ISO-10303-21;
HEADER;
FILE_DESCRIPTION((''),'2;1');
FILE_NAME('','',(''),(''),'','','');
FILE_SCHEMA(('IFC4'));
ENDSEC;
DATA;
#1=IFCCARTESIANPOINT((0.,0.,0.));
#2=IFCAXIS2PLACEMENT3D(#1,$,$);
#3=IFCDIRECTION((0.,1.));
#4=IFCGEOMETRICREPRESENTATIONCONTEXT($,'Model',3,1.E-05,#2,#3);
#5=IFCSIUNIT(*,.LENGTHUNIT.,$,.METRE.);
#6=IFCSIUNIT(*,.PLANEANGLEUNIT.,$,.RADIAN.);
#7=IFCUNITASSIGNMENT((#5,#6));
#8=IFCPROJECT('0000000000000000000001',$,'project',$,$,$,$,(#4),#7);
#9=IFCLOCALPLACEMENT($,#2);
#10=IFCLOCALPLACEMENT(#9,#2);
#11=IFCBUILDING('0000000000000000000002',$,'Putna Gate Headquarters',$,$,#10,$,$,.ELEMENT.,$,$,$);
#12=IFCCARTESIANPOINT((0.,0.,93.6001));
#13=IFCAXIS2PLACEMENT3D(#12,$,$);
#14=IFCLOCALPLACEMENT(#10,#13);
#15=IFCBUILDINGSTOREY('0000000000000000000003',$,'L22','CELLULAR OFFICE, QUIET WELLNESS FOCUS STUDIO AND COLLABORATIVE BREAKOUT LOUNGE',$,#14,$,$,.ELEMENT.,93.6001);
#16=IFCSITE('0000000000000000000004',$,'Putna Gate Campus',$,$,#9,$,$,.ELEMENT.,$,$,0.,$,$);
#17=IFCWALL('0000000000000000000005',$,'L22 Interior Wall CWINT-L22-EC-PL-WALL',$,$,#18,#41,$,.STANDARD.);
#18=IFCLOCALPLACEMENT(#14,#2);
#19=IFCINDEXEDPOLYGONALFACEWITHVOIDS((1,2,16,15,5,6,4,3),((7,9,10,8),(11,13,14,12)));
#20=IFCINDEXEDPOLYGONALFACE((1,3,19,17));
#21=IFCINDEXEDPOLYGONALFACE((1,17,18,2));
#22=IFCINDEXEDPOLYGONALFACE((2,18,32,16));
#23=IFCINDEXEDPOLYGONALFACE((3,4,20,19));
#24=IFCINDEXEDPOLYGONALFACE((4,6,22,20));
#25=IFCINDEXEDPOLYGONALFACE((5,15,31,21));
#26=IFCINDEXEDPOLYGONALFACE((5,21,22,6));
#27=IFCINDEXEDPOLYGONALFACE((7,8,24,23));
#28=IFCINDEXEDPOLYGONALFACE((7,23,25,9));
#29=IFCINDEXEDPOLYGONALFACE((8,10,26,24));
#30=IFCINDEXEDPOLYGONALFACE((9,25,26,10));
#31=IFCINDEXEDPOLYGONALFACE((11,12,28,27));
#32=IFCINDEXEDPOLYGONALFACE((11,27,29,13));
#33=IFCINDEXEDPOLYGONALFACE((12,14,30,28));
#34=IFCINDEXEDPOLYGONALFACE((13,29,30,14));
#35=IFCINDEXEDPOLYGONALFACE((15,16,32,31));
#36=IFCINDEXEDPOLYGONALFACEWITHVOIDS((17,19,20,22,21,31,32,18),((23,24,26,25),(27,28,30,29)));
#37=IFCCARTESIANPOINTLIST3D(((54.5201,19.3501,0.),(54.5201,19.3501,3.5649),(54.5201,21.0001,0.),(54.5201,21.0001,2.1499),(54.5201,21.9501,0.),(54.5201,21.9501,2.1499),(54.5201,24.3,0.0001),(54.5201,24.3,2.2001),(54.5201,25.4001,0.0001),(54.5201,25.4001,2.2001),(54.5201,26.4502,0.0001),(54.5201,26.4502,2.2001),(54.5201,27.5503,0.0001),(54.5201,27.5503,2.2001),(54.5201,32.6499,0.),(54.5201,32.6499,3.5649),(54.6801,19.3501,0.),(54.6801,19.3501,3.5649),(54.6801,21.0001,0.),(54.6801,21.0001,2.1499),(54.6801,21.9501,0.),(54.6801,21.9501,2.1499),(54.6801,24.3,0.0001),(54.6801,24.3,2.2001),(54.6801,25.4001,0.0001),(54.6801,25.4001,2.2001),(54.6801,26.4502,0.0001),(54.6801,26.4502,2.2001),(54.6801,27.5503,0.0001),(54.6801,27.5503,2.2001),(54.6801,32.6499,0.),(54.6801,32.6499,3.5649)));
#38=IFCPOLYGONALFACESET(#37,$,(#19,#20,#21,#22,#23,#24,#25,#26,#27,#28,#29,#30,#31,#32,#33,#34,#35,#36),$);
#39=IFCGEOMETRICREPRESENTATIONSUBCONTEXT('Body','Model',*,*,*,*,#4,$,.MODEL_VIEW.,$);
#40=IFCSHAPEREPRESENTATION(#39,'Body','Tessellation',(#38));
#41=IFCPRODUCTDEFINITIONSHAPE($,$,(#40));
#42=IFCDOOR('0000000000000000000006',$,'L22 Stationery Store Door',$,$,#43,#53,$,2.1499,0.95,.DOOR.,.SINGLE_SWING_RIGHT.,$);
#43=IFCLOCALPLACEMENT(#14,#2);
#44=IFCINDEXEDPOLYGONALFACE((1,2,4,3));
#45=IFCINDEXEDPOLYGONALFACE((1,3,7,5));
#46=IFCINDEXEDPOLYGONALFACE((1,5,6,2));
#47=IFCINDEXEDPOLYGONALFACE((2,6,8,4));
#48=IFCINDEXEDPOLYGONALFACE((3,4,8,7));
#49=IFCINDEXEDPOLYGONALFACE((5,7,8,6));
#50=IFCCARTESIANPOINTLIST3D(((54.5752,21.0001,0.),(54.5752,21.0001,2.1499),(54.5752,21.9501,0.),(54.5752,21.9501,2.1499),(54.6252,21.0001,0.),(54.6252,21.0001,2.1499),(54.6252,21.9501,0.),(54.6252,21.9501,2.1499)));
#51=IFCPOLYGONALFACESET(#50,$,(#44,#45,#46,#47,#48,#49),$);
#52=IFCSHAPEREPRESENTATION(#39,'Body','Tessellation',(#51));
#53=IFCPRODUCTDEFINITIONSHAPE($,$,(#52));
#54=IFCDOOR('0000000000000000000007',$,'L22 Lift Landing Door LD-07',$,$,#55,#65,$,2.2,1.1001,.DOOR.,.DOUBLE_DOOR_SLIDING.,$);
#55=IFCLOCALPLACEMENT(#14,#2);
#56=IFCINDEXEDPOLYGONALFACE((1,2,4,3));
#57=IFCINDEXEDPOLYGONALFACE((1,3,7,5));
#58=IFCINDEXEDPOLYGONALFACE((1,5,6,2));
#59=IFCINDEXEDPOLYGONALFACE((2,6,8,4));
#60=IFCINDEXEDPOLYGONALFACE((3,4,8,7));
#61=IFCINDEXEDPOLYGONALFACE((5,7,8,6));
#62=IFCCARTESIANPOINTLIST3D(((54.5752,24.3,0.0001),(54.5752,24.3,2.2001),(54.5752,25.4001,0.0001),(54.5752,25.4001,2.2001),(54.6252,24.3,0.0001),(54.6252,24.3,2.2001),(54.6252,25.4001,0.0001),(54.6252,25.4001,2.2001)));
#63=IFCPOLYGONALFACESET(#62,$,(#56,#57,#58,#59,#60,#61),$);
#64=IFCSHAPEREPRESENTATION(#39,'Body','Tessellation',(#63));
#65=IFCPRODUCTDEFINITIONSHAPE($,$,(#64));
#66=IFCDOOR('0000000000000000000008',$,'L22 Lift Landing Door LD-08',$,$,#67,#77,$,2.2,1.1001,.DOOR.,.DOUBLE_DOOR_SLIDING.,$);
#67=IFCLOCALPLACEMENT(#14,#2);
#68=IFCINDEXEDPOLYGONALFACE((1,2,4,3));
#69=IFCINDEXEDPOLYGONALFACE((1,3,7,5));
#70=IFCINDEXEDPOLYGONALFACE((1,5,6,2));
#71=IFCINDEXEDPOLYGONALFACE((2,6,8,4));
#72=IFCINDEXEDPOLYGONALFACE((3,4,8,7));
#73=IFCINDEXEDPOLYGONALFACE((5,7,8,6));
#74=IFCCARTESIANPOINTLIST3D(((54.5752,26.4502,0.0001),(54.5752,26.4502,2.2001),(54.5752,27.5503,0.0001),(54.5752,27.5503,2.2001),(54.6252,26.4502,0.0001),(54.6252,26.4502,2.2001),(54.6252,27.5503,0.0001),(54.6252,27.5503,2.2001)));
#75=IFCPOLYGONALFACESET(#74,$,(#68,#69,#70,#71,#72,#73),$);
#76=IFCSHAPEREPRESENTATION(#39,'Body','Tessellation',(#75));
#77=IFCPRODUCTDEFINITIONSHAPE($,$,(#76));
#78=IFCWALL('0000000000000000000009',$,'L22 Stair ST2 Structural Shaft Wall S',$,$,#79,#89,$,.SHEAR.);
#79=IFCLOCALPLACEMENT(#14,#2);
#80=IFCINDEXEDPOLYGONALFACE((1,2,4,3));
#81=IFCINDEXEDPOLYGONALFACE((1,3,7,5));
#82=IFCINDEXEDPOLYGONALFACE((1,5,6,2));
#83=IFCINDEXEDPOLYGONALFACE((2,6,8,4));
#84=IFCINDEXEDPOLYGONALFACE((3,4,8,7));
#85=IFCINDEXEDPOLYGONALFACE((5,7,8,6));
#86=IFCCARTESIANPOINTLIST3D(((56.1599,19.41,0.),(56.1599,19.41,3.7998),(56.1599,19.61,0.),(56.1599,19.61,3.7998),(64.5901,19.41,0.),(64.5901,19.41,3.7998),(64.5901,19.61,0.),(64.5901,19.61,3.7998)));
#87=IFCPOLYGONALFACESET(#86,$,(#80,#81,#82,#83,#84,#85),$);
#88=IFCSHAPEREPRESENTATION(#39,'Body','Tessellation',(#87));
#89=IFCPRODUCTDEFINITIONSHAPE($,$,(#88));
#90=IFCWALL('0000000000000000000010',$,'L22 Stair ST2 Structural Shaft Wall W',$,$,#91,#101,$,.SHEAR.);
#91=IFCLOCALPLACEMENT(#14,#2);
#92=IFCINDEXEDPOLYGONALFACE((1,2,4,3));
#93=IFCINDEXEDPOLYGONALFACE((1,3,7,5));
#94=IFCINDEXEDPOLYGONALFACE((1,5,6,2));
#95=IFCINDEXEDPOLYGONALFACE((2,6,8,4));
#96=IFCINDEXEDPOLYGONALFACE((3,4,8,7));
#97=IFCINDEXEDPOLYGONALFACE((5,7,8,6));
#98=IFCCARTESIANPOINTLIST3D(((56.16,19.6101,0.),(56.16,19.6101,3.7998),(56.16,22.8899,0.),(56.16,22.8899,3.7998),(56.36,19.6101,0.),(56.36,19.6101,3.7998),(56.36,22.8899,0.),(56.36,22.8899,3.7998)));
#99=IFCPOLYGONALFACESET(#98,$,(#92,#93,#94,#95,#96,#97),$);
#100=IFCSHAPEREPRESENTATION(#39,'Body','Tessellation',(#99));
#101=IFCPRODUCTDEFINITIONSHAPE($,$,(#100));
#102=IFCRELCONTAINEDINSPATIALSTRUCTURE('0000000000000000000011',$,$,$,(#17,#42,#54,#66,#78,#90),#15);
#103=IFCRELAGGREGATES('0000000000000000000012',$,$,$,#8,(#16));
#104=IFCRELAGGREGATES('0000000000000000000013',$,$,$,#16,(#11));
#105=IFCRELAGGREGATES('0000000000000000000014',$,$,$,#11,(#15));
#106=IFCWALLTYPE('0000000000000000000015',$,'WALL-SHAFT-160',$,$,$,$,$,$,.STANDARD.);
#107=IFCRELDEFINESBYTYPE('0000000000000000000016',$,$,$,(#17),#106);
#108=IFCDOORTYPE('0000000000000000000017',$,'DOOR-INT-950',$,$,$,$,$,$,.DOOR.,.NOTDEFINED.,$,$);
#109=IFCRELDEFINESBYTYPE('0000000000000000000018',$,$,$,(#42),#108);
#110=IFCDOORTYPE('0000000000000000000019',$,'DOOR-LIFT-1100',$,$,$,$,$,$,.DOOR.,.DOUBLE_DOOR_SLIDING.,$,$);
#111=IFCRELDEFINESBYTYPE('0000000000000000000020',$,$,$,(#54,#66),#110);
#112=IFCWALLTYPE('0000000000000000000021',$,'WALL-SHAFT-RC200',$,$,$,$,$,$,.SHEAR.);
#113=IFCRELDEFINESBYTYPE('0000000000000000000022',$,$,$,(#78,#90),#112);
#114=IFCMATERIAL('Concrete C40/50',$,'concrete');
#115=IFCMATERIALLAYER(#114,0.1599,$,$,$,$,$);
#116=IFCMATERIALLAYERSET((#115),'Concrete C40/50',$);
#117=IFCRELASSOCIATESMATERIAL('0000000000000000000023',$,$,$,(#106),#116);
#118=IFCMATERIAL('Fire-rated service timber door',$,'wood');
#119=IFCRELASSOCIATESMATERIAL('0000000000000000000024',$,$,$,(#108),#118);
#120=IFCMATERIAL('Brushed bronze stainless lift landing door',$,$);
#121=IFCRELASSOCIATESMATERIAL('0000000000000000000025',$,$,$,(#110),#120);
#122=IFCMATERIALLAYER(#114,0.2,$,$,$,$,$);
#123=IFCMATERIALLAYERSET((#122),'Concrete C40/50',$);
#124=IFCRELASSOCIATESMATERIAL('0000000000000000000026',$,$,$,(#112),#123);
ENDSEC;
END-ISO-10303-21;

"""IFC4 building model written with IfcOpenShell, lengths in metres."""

from ifc_helpers import new_model, si_unit, direction, frame, frame_2d, origin, place, context, subcontext, project, spatial, rectangle, extrude, material, layer, layer_set, type_object, element, fill, save


model = new_model("IFC4")

# Units and contexts
model_context = context("Model", 3, precision=1e-05, world=origin(), true_north=direction((0.0, 1.0)))
body_context = subcontext(model_context, "Body", "Model", "MODEL_VIEW")
ifc_project = project(units=[si_unit("LENGTHUNIT", "METRE"), si_unit("PLANEANGLEUNIT", "RADIAN")], contexts=[model_context])

# Site, building, storey
site_placement = place(None, origin())
site = spatial("IfcSite", under=ifc_project, at=site_placement, Name="Putna Gate Campus", CompositionType="ELEMENT", RefElevation=0.0)
building_placement = place(site_placement, origin())
building = spatial("IfcBuilding", under=site, at=building_placement, Name="Putna Gate Headquarters", CompositionType="ELEMENT")
storey_placement = place(building_placement, frame((0.0, 0.0, 93.6001)))
storey = spatial("IfcBuildingStorey", under=building, at=storey_placement, Name="L22", Description="CELLULAR OFFICE, QUIET WELLNESS FOCUS STUDIO AND COLLABORATIVE BREAKOUT LOUNGE", CompositionType="ELEMENT", Elevation=93.6001)

# Wall, openings, doors
ifc_material_1 = material(Name="Concrete C40/50", Category="concrete")
ifc_layer_1 = layer(ifc_material_1, 0.1599)
ifc_layer_set_1 = layer_set([ifc_layer_1], Name="Concrete C40/50")
wall_type_1 = type_object("IfcWallType", Name="WALL-SHAFT-160", PredefinedType="STANDARD", material=ifc_layer_set_1)
wall_1_placement = place(storey_placement, frame((54.6001, 19.3501, 0.0), z_axis=(0.0, 0.0, 1.0), x_axis=(0.0, 1.0, 0.0)))
wall_1 = element("IfcWall", 1, at=wall_1_placement, inside=storey, type_object=wall_type_1, Name="L22 Interior Wall CWINT-L22-EC-PL-WALL", PredefinedType="STANDARD", context=body_context, shape_type="SweptSolid", body=[
    extrude(rectangle(XDim=13.2998, YDim=0.1599, at=frame_2d((6.6499, 0.0))), origin(), (0.0, 0.0, 1.0), 3.5649),
])
opening_1_placement = place(wall_1_placement, frame((1.6499, 0.0, 0.0)))
opening_1 = element("IfcOpeningElement", 2, at=opening_1_placement, cuts=wall_1, PredefinedType="OPENING", context=body_context, shape_type="SweptSolid", body=[
    extrude(rectangle(XDim=0.95, YDim=2.1499, at=frame_2d((0.4751, 1.075))), frame((0.0, 0.0898, 0.0), z_axis=(0.0, -1.0, 0.0), x_axis=(1.0, 0.0, 0.0)), (0.0, 0.0, 1.0), 0.1799),
])
opening_2_placement = place(wall_1_placement, frame((4.95, 0.0, 0.0)))
opening_2 = element("IfcOpeningElement", 3, at=opening_2_placement, cuts=wall_1, PredefinedType="OPENING", context=body_context, shape_type="SweptSolid", body=[
    extrude(rectangle(XDim=1.1001, YDim=2.2, at=frame_2d((0.55, 1.1001))), frame((0.0, 0.0898, 0.0), z_axis=(0.0, -1.0, 0.0), x_axis=(1.0, 0.0, 0.0)), (0.0, 0.0, 1.0), 0.1799),
])
opening_3_placement = place(wall_1_placement, frame((7.1001, 0.0, 0.0)))
opening_3 = element("IfcOpeningElement", 4, at=opening_3_placement, cuts=wall_1, PredefinedType="OPENING", context=body_context, shape_type="SweptSolid", body=[
    extrude(rectangle(XDim=1.1001, YDim=2.2, at=frame_2d((0.55, 1.1001))), frame((0.0, 0.0898, 0.0), z_axis=(0.0, -1.0, 0.0), x_axis=(1.0, 0.0, 0.0)), (0.0, 0.0, 1.0), 0.1799),
])
ifc_material_2 = material(Name="Fire-rated service timber door", Category="wood")
door_type_1 = type_object("IfcDoorType", Name="DOOR-INT-950", OperationType="NOTDEFINED", PredefinedType="DOOR", material=ifc_material_2)
door_1_placement = place(opening_1_placement, origin())
door_1 = element("IfcDoor", 5, at=door_1_placement, inside=storey, type_object=door_type_1, Name="L22 Stationery Store Door", OperationType="SINGLE_SWING_RIGHT", OverallHeight=2.1499, OverallWidth=0.95, PredefinedType="DOOR", context=body_context, shape_type="SweptSolid", body=[
    extrude(rectangle(XDim=0.95, YDim=2.1499, at=frame_2d((0.4751, 1.075))), frame((0.0, 0.0249, 0.0), z_axis=(0.0, -1.0, 0.0), x_axis=(1.0, 0.0, 0.0)), (0.0, 0.0, 1.0), 0.05),
])
fill(opening_1, door_1)
ifc_material_3 = material(Name="Brushed bronze stainless lift landing door")
door_type_2 = type_object("IfcDoorType", Name="DOOR-LIFT-1100", OperationType="DOUBLE_DOOR_SLIDING", PredefinedType="DOOR", material=ifc_material_3)
door_2_placement = place(opening_2_placement, origin())
door_2 = element("IfcDoor", 6, at=door_2_placement, inside=storey, type_object=door_type_2, Name="L22 Lift Landing Door LD-07", OperationType="DOUBLE_DOOR_SLIDING", OverallHeight=2.2, OverallWidth=1.1001, PredefinedType="DOOR", context=body_context, shape_type="SweptSolid", body=[
    extrude(rectangle(XDim=1.1001, YDim=2.2, at=frame_2d((0.55, 1.1001))), frame((0.0, 0.0249, 0.0), z_axis=(0.0, -1.0, 0.0), x_axis=(1.0, 0.0, 0.0)), (0.0, 0.0, 1.0), 0.05),
])
fill(opening_2, door_2)
door_3_placement = place(opening_3_placement, origin())
door_3 = element("IfcDoor", 7, at=door_3_placement, inside=storey, type_object=door_type_2, Name="L22 Lift Landing Door LD-08", OperationType="DOUBLE_DOOR_SLIDING", OverallHeight=2.2, OverallWidth=1.1001, PredefinedType="DOOR", context=body_context, shape_type="SweptSolid", body=[
    extrude(rectangle(XDim=1.1001, YDim=2.2, at=frame_2d((0.55, 1.1001))), frame((0.0, 0.0249, 0.0), z_axis=(0.0, -1.0, 0.0), x_axis=(1.0, 0.0, 0.0)), (0.0, 0.0, 1.0), 0.05),
])
fill(opening_3, door_3)

# Walls
ifc_layer_2 = layer(ifc_material_1, 0.2)
ifc_layer_set_2 = layer_set([ifc_layer_2], Name="Concrete C40/50")
wall_type_2 = type_object("IfcWallType", Name="WALL-SHAFT-RC200", PredefinedType="SHEAR", material=ifc_layer_set_2)
wall_2_placement = place(storey_placement, frame((56.1599, 19.51, 0.0), z_axis=(0.0, 0.0, 1.0), x_axis=(1.0, 0.0, 0.0)))
element("IfcWall", 8, at=wall_2_placement, inside=storey, type_object=wall_type_2, Name="L22 Stair ST2 Structural Shaft Wall S", PredefinedType="SHEAR", context=body_context, shape_type="SweptSolid", body=[
    extrude(rectangle(XDim=8.4302, YDim=0.2, at=frame_2d((4.2151, 0.0))), origin(), (0.0, 0.0, 1.0), 3.7998),
])
wall_3_placement = place(storey_placement, frame((56.26, 19.6101, 0.0), z_axis=(0.0, 0.0, 1.0), x_axis=(0.0, 1.0, 0.0)))
element("IfcWall", 9, at=wall_3_placement, inside=storey, type_object=wall_type_2, Name="L22 Stair ST2 Structural Shaft Wall W", PredefinedType="SHEAR", context=body_context, shape_type="SweptSolid", body=[
    extrude(rectangle(XDim=3.2798, YDim=0.2, at=frame_2d((1.6399, 0.0))), origin(), (0.0, 0.0, 1.0), 3.7998),
])

save(model, "model.ifc")
